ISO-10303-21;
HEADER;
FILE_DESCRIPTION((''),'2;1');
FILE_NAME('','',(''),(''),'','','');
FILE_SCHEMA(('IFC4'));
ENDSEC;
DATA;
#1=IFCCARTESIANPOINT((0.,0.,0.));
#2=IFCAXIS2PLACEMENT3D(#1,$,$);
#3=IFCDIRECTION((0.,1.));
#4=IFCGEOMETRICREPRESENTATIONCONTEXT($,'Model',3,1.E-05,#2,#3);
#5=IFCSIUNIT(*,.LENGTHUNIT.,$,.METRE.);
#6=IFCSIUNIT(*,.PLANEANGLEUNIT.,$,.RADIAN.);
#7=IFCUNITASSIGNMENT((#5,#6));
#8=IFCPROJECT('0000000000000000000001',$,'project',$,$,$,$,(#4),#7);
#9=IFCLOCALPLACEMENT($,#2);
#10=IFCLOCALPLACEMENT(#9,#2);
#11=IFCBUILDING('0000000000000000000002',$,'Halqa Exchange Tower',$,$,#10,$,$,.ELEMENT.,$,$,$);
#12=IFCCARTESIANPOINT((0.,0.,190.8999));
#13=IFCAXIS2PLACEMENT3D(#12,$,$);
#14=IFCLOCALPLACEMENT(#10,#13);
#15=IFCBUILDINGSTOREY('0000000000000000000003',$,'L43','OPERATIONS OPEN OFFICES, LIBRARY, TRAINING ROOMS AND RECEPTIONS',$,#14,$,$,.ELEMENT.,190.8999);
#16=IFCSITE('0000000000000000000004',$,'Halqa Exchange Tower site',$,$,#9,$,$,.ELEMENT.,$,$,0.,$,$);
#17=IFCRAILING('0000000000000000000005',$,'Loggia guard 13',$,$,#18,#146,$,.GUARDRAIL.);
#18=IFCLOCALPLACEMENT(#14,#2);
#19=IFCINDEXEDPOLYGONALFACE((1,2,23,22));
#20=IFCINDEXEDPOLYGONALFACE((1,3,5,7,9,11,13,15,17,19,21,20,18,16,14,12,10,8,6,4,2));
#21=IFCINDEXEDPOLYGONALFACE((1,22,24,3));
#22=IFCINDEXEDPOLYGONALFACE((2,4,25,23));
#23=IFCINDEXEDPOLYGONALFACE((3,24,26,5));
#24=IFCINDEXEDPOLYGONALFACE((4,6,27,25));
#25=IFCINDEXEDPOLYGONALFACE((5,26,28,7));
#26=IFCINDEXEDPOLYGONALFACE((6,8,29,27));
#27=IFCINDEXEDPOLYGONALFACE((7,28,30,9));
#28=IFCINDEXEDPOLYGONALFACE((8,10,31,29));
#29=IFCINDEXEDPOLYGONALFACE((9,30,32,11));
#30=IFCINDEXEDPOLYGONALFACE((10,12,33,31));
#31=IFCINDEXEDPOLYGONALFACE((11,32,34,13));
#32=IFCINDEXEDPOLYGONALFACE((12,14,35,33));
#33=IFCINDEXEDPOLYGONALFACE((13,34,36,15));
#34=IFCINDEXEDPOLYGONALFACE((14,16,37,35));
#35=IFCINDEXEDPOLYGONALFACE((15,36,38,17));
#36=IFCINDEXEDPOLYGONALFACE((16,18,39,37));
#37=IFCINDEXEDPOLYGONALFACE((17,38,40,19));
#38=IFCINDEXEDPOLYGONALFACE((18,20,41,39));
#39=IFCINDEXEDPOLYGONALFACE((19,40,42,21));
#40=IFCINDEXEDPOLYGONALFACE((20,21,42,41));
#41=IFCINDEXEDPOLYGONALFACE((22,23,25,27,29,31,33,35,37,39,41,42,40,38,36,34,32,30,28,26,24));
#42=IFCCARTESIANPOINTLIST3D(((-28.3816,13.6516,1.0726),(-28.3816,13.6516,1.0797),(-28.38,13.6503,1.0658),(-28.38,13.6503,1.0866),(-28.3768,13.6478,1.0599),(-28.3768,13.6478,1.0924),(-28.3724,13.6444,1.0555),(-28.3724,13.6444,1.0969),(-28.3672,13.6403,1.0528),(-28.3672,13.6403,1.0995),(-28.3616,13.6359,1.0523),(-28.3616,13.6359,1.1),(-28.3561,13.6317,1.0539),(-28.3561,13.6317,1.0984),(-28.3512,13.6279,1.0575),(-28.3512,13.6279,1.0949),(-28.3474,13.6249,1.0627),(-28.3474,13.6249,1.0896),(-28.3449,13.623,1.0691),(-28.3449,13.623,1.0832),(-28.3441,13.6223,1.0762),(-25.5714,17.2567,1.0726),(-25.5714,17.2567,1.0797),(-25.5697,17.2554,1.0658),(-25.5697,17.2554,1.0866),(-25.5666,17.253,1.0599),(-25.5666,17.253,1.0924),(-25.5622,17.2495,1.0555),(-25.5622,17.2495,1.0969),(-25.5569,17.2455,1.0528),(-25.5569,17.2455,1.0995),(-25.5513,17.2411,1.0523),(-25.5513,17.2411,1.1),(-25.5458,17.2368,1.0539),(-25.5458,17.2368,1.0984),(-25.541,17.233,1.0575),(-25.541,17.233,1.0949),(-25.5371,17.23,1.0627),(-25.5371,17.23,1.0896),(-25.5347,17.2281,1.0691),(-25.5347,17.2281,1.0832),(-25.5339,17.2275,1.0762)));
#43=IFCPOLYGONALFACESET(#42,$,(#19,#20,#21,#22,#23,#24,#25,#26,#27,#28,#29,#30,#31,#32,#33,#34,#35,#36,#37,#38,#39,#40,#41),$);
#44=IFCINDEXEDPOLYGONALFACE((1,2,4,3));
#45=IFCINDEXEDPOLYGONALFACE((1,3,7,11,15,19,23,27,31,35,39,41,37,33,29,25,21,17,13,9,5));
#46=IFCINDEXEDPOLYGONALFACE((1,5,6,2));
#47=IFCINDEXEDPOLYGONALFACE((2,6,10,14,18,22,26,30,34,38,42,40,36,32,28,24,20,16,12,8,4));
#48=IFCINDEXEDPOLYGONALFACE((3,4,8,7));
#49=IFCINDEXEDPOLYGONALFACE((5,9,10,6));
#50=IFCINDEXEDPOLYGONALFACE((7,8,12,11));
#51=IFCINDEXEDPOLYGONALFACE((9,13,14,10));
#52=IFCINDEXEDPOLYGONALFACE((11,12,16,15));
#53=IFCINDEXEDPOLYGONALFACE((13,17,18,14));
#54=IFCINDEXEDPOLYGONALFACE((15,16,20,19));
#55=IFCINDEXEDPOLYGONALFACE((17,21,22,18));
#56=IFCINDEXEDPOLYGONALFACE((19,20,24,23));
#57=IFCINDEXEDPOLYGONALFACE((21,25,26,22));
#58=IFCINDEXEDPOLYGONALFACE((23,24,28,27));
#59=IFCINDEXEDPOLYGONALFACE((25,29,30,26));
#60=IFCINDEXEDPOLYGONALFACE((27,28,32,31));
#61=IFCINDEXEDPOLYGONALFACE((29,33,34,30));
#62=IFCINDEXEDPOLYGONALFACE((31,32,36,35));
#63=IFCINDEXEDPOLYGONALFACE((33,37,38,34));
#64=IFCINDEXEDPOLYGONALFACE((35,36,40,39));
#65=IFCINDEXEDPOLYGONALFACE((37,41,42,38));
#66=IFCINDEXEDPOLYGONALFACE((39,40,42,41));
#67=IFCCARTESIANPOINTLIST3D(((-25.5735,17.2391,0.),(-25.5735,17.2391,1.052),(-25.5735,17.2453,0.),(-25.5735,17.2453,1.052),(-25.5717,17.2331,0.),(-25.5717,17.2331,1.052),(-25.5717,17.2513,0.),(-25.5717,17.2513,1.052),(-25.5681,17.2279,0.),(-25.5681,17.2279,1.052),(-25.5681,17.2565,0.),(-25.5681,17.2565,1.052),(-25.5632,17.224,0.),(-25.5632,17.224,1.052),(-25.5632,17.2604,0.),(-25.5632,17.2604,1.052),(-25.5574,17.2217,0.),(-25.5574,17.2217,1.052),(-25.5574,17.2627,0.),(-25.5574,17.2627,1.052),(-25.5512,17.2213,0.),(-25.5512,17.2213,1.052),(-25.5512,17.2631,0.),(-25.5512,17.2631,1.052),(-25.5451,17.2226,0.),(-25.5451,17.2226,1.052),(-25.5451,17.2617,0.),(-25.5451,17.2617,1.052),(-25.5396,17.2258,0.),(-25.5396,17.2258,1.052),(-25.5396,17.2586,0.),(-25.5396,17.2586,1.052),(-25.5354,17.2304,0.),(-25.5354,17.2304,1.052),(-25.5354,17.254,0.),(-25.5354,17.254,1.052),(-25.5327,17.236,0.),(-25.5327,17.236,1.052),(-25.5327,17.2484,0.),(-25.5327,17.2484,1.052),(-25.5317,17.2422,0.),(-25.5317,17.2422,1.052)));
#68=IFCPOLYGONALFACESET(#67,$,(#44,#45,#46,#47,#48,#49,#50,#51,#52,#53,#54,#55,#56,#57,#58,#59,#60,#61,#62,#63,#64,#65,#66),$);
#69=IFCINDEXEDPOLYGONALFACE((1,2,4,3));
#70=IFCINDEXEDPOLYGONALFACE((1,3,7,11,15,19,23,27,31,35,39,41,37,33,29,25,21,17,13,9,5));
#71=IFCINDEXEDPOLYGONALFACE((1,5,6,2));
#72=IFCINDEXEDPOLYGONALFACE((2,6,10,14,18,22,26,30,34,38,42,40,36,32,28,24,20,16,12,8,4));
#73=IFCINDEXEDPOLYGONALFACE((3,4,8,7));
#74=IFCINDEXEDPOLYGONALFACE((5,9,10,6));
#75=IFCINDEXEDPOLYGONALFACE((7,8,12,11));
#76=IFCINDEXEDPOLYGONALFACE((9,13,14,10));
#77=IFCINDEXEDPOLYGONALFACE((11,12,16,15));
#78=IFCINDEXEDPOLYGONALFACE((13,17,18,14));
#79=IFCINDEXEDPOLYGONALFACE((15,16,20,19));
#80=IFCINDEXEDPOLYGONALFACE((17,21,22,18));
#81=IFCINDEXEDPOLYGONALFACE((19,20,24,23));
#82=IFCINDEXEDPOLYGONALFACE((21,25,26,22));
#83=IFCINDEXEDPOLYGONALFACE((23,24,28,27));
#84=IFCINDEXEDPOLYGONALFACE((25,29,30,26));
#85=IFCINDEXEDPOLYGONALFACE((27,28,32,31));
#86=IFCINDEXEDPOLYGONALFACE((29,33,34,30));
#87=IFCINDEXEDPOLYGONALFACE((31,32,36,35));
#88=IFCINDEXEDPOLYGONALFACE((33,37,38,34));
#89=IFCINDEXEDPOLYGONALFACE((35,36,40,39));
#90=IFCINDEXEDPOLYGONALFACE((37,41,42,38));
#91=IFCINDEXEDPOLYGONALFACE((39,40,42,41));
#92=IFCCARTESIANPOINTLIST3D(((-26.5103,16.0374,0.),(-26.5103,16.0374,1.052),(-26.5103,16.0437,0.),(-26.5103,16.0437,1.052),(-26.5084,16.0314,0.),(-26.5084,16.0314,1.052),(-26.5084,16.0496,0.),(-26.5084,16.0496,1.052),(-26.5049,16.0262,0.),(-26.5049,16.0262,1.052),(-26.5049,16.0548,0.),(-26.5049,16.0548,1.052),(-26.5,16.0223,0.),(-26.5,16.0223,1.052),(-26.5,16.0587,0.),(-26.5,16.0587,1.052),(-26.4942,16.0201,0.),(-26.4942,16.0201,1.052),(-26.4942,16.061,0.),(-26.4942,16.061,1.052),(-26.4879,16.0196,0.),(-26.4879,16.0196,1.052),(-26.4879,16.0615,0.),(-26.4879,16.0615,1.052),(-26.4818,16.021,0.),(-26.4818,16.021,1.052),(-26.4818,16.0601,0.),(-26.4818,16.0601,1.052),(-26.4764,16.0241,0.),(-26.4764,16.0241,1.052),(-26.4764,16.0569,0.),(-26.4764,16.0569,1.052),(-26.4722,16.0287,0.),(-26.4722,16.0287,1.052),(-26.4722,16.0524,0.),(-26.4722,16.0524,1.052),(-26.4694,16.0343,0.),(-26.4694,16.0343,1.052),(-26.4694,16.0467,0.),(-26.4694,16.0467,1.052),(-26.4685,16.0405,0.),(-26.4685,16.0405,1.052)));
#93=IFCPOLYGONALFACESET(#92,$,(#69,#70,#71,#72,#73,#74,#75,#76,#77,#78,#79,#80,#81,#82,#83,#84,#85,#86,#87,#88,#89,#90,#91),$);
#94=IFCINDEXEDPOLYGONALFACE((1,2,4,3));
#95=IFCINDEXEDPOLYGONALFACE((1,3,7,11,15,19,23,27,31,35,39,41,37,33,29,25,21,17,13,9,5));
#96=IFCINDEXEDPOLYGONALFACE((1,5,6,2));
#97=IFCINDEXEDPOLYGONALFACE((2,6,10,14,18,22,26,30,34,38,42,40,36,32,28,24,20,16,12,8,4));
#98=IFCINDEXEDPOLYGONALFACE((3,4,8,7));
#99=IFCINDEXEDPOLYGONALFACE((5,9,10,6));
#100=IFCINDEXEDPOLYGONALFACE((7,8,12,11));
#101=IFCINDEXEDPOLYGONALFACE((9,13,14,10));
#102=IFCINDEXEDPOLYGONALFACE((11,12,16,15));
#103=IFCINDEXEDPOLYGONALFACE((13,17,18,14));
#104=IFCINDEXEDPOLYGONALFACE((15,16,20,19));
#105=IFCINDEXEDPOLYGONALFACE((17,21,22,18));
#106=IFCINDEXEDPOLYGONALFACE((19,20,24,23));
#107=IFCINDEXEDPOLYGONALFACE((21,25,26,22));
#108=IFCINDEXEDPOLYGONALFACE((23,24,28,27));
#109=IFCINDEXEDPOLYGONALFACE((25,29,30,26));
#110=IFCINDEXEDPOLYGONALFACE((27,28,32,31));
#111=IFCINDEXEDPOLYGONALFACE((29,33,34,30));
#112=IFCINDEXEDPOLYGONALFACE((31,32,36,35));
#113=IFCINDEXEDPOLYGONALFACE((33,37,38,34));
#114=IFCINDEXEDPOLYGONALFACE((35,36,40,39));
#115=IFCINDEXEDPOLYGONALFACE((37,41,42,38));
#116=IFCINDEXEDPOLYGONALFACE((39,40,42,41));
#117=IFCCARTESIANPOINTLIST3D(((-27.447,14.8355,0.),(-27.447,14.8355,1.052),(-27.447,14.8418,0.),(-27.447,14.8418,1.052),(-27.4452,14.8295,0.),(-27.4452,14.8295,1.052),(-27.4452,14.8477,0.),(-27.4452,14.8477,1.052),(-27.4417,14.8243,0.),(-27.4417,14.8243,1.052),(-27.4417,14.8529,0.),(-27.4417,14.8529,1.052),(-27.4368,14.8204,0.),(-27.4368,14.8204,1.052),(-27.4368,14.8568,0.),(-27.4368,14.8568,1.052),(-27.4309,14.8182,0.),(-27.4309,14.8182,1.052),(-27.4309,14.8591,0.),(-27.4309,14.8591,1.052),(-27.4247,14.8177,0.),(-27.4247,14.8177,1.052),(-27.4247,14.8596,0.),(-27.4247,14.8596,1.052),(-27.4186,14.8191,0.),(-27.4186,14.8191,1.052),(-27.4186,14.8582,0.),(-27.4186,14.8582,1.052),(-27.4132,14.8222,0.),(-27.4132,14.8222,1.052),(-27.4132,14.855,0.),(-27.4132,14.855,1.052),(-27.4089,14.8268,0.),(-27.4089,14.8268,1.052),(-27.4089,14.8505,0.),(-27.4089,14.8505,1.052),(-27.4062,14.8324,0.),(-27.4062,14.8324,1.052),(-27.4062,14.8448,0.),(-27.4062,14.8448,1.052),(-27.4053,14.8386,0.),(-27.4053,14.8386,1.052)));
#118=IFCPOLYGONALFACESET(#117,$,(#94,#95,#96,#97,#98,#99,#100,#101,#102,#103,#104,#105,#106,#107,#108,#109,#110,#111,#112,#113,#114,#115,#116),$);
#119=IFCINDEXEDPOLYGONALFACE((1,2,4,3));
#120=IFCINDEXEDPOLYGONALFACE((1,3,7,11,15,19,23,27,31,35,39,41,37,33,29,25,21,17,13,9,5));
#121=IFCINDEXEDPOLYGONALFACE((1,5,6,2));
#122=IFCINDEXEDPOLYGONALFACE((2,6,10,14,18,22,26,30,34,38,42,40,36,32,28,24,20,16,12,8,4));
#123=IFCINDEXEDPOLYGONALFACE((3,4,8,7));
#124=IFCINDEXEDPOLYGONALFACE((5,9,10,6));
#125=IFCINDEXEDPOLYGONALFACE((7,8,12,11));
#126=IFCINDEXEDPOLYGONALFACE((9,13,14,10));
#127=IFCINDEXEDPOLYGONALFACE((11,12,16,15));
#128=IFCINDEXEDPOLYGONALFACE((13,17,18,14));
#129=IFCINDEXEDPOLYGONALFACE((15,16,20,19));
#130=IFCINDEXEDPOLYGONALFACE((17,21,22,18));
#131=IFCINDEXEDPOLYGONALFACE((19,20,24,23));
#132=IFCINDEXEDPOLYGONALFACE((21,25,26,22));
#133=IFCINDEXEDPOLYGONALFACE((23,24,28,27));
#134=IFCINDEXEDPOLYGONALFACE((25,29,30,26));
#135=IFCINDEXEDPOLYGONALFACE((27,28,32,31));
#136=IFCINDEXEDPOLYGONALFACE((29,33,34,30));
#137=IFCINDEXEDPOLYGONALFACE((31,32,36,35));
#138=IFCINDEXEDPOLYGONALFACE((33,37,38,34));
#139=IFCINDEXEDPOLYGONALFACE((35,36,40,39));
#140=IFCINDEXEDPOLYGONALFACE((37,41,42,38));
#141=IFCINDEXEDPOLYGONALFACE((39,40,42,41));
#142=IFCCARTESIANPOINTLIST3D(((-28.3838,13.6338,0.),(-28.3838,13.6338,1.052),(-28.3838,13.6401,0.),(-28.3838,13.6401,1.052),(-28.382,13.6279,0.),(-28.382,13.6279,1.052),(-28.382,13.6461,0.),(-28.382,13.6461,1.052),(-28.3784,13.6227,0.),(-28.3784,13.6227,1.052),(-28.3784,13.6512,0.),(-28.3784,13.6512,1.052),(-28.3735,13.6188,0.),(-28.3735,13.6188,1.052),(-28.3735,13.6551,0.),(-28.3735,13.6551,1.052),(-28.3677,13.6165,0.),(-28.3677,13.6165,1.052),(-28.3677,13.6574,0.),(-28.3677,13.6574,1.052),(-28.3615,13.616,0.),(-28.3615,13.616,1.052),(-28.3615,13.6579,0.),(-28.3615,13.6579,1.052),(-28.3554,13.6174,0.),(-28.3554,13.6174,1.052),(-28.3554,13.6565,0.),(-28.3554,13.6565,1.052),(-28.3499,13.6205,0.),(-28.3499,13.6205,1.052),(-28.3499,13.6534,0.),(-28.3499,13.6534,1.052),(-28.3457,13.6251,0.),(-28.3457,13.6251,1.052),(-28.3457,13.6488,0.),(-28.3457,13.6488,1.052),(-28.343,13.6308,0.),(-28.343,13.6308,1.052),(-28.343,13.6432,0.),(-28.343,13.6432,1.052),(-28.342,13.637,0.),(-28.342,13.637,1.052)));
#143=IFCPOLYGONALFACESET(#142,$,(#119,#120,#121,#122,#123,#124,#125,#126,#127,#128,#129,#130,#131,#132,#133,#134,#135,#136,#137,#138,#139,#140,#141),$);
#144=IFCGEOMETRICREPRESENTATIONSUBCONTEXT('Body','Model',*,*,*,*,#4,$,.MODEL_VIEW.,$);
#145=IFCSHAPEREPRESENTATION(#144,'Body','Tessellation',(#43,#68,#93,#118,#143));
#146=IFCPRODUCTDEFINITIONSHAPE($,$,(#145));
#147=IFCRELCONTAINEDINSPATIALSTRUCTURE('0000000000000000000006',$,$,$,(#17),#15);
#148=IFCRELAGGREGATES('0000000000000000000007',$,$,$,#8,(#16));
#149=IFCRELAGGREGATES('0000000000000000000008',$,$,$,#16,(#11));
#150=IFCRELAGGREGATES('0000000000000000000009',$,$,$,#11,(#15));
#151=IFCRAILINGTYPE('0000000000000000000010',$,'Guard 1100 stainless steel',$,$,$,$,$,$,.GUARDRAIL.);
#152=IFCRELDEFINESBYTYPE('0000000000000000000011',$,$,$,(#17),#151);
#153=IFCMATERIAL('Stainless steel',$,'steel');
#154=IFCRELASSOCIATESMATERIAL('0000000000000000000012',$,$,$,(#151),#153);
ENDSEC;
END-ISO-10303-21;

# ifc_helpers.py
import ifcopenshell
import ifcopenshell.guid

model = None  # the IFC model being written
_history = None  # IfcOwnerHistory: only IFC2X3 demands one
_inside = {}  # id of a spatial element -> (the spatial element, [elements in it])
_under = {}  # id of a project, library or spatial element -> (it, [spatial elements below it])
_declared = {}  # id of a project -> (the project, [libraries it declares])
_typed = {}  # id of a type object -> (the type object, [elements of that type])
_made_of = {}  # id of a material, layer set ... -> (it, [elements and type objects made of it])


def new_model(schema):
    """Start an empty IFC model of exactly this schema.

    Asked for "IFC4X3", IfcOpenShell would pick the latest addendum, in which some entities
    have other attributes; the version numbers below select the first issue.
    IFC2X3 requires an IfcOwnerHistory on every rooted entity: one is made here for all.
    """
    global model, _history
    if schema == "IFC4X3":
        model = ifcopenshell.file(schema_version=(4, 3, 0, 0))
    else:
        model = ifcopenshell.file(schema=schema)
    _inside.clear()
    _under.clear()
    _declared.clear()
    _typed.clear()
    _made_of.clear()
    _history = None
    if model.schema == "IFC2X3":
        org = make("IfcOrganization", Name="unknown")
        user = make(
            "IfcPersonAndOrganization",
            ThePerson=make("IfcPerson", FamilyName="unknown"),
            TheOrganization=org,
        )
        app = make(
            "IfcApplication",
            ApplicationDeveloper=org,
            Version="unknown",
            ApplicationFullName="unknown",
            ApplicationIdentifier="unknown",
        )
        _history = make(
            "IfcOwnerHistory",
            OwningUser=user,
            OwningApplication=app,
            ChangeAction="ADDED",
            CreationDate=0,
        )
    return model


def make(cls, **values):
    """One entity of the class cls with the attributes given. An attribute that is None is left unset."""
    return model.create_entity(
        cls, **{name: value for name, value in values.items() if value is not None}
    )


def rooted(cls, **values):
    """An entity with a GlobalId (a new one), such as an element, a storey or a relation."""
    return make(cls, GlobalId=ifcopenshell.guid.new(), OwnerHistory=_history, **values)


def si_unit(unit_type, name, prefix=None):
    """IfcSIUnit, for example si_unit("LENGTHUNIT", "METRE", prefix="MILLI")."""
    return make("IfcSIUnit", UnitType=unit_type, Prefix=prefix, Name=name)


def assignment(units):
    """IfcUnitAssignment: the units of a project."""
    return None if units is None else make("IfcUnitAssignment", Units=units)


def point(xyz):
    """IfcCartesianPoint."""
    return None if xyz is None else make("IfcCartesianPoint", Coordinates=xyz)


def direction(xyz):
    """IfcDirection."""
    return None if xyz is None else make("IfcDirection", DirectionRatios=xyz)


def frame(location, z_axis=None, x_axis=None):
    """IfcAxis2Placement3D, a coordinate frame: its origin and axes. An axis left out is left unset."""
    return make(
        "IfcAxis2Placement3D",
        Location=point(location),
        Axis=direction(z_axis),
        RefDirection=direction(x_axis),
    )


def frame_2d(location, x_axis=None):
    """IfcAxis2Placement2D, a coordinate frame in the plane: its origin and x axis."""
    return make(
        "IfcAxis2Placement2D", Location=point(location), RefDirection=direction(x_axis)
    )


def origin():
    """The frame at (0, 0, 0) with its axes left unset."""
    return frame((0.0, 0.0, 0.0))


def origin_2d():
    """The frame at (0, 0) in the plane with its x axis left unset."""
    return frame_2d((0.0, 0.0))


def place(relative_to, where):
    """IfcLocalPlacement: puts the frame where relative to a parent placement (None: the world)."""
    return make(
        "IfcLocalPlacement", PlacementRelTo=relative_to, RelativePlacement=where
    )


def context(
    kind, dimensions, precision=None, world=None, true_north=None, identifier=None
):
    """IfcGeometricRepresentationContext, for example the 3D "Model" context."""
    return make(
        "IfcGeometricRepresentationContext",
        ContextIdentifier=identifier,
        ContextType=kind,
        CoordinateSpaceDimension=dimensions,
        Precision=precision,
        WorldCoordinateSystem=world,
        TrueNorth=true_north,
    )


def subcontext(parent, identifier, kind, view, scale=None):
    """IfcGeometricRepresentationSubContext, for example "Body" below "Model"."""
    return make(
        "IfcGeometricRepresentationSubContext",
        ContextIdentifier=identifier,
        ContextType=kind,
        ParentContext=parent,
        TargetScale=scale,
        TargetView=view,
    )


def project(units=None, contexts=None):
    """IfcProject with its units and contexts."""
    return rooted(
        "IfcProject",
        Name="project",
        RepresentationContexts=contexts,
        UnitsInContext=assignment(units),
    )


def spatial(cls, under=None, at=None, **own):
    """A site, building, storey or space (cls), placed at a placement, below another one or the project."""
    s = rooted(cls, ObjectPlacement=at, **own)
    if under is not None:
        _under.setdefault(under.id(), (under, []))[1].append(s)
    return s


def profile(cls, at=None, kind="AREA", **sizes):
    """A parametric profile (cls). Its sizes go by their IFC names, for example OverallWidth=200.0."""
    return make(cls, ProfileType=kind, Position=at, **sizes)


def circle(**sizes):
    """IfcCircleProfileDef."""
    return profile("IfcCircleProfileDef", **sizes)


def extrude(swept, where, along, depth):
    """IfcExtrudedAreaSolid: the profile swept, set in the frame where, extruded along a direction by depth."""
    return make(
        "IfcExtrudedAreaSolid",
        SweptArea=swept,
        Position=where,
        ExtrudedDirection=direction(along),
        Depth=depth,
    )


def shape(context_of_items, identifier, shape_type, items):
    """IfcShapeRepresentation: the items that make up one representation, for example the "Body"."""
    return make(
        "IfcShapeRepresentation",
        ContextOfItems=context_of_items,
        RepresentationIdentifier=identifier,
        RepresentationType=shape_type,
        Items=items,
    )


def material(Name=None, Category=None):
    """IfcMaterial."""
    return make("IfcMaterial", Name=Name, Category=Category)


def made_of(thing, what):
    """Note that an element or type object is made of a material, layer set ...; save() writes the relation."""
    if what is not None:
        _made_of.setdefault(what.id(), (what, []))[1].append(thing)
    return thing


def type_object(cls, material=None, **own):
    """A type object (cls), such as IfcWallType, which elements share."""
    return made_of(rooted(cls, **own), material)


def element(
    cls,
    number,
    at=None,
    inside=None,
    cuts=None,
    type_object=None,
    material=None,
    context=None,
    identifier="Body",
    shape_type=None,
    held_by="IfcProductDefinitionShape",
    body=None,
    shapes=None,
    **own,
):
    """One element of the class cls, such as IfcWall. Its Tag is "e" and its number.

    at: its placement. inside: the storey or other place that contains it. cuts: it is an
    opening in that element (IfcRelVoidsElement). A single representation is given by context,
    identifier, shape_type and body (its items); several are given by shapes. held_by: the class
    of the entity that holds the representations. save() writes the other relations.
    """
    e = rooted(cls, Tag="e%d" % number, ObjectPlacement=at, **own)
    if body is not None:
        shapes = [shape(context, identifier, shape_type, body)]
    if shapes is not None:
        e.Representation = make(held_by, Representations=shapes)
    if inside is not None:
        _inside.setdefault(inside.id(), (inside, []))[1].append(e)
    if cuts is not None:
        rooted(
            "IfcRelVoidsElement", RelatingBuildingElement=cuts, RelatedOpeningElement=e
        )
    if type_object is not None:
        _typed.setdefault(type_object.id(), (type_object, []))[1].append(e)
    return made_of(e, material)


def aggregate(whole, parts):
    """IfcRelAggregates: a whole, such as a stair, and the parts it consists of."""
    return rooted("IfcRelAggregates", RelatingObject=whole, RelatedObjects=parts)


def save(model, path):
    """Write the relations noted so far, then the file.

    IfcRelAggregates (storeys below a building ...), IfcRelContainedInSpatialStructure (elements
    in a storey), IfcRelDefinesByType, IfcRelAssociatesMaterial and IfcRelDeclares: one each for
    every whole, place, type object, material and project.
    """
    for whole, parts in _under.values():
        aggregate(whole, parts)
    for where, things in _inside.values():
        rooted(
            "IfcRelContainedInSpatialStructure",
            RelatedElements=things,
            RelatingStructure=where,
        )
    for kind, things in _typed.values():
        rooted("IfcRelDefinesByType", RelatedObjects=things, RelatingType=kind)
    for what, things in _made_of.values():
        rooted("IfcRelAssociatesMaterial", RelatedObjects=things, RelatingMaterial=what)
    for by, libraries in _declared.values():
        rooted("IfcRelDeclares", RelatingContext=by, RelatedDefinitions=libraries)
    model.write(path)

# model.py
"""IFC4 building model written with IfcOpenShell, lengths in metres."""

from ifc_helpers import new_model, si_unit, direction, frame, origin, origin_2d, place, context, subcontext, project, spatial, circle, extrude, material, type_object, element, save


model = new_model("IFC4")

# Units and contexts
model_context = context("Model", 3, precision=1e-05, world=origin(), true_north=direction((0.0, 1.0)))
body_context = subcontext(model_context, "Body", "Model", "MODEL_VIEW")
ifc_project = project(units=[si_unit("LENGTHUNIT", "METRE"), si_unit("PLANEANGLEUNIT", "RADIAN")], contexts=[model_context])

# Site, building, storey
site_placement = place(None, origin())
site = spatial("IfcSite", under=ifc_project, at=site_placement, Name="Halqa Exchange Tower site", CompositionType="ELEMENT", RefElevation=0.0)
building_placement = place(site_placement, origin())
building = spatial("IfcBuilding", under=site, at=building_placement, Name="Halqa Exchange Tower", CompositionType="ELEMENT")
storey_placement = place(building_placement, frame((0.0, 0.0, 190.8999)))
storey = spatial("IfcBuildingStorey", under=building, at=storey_placement, Name="L43", Description="OPERATIONS OPEN OFFICES, LIBRARY, TRAINING ROOMS AND RECEPTIONS", CompositionType="ELEMENT", Elevation=190.8999)

# Railing
ifc_material_1 = material(Name="Stainless steel", Category="steel")
railing_type = type_object("IfcRailingType", Name="Guard 1100 stainless steel", PredefinedType="GUARDRAIL", material=ifc_material_1)
railing_1_placement = place(storey_placement, frame((-25.5527, 17.2422, 0.0)))
element("IfcRailing", 1, at=railing_1_placement, inside=storey, type_object=railing_type, Name="Loggia guard 13", PredefinedType="GUARDRAIL", context=body_context, shape_type="SweptSolid", body=[
    extrude(circle(Radius=0.0239, at=origin_2d()), frame((0.0, 0.0, 1.0762), z_axis=(-0.614791, -0.78869, 0.0), x_axis=(0.78869, -0.614791, 0.0)), (0.0, 0.0, 1.0), 4.571),
    extrude(circle(Radius=0.021, at=origin_2d()), origin(), (0.0, 0.0, 1.0), 1.052),
    extrude(circle(Radius=0.021, at=origin_2d()), frame((-0.9368, -1.2017, 0.0)), (0.0, 0.0, 1.0), 1.052),
    extrude(circle(Radius=0.021, at=origin_2d()), frame((-1.8735, -2.4036, 0.0)), (0.0, 0.0, 1.0), 1.052),
    extrude(circle(Radius=0.021, at=origin_2d()), frame((-2.8103, -3.6052, 0.0)), (0.0, 0.0, 1.0), 1.052),
])

save(model, "model.ifc")
